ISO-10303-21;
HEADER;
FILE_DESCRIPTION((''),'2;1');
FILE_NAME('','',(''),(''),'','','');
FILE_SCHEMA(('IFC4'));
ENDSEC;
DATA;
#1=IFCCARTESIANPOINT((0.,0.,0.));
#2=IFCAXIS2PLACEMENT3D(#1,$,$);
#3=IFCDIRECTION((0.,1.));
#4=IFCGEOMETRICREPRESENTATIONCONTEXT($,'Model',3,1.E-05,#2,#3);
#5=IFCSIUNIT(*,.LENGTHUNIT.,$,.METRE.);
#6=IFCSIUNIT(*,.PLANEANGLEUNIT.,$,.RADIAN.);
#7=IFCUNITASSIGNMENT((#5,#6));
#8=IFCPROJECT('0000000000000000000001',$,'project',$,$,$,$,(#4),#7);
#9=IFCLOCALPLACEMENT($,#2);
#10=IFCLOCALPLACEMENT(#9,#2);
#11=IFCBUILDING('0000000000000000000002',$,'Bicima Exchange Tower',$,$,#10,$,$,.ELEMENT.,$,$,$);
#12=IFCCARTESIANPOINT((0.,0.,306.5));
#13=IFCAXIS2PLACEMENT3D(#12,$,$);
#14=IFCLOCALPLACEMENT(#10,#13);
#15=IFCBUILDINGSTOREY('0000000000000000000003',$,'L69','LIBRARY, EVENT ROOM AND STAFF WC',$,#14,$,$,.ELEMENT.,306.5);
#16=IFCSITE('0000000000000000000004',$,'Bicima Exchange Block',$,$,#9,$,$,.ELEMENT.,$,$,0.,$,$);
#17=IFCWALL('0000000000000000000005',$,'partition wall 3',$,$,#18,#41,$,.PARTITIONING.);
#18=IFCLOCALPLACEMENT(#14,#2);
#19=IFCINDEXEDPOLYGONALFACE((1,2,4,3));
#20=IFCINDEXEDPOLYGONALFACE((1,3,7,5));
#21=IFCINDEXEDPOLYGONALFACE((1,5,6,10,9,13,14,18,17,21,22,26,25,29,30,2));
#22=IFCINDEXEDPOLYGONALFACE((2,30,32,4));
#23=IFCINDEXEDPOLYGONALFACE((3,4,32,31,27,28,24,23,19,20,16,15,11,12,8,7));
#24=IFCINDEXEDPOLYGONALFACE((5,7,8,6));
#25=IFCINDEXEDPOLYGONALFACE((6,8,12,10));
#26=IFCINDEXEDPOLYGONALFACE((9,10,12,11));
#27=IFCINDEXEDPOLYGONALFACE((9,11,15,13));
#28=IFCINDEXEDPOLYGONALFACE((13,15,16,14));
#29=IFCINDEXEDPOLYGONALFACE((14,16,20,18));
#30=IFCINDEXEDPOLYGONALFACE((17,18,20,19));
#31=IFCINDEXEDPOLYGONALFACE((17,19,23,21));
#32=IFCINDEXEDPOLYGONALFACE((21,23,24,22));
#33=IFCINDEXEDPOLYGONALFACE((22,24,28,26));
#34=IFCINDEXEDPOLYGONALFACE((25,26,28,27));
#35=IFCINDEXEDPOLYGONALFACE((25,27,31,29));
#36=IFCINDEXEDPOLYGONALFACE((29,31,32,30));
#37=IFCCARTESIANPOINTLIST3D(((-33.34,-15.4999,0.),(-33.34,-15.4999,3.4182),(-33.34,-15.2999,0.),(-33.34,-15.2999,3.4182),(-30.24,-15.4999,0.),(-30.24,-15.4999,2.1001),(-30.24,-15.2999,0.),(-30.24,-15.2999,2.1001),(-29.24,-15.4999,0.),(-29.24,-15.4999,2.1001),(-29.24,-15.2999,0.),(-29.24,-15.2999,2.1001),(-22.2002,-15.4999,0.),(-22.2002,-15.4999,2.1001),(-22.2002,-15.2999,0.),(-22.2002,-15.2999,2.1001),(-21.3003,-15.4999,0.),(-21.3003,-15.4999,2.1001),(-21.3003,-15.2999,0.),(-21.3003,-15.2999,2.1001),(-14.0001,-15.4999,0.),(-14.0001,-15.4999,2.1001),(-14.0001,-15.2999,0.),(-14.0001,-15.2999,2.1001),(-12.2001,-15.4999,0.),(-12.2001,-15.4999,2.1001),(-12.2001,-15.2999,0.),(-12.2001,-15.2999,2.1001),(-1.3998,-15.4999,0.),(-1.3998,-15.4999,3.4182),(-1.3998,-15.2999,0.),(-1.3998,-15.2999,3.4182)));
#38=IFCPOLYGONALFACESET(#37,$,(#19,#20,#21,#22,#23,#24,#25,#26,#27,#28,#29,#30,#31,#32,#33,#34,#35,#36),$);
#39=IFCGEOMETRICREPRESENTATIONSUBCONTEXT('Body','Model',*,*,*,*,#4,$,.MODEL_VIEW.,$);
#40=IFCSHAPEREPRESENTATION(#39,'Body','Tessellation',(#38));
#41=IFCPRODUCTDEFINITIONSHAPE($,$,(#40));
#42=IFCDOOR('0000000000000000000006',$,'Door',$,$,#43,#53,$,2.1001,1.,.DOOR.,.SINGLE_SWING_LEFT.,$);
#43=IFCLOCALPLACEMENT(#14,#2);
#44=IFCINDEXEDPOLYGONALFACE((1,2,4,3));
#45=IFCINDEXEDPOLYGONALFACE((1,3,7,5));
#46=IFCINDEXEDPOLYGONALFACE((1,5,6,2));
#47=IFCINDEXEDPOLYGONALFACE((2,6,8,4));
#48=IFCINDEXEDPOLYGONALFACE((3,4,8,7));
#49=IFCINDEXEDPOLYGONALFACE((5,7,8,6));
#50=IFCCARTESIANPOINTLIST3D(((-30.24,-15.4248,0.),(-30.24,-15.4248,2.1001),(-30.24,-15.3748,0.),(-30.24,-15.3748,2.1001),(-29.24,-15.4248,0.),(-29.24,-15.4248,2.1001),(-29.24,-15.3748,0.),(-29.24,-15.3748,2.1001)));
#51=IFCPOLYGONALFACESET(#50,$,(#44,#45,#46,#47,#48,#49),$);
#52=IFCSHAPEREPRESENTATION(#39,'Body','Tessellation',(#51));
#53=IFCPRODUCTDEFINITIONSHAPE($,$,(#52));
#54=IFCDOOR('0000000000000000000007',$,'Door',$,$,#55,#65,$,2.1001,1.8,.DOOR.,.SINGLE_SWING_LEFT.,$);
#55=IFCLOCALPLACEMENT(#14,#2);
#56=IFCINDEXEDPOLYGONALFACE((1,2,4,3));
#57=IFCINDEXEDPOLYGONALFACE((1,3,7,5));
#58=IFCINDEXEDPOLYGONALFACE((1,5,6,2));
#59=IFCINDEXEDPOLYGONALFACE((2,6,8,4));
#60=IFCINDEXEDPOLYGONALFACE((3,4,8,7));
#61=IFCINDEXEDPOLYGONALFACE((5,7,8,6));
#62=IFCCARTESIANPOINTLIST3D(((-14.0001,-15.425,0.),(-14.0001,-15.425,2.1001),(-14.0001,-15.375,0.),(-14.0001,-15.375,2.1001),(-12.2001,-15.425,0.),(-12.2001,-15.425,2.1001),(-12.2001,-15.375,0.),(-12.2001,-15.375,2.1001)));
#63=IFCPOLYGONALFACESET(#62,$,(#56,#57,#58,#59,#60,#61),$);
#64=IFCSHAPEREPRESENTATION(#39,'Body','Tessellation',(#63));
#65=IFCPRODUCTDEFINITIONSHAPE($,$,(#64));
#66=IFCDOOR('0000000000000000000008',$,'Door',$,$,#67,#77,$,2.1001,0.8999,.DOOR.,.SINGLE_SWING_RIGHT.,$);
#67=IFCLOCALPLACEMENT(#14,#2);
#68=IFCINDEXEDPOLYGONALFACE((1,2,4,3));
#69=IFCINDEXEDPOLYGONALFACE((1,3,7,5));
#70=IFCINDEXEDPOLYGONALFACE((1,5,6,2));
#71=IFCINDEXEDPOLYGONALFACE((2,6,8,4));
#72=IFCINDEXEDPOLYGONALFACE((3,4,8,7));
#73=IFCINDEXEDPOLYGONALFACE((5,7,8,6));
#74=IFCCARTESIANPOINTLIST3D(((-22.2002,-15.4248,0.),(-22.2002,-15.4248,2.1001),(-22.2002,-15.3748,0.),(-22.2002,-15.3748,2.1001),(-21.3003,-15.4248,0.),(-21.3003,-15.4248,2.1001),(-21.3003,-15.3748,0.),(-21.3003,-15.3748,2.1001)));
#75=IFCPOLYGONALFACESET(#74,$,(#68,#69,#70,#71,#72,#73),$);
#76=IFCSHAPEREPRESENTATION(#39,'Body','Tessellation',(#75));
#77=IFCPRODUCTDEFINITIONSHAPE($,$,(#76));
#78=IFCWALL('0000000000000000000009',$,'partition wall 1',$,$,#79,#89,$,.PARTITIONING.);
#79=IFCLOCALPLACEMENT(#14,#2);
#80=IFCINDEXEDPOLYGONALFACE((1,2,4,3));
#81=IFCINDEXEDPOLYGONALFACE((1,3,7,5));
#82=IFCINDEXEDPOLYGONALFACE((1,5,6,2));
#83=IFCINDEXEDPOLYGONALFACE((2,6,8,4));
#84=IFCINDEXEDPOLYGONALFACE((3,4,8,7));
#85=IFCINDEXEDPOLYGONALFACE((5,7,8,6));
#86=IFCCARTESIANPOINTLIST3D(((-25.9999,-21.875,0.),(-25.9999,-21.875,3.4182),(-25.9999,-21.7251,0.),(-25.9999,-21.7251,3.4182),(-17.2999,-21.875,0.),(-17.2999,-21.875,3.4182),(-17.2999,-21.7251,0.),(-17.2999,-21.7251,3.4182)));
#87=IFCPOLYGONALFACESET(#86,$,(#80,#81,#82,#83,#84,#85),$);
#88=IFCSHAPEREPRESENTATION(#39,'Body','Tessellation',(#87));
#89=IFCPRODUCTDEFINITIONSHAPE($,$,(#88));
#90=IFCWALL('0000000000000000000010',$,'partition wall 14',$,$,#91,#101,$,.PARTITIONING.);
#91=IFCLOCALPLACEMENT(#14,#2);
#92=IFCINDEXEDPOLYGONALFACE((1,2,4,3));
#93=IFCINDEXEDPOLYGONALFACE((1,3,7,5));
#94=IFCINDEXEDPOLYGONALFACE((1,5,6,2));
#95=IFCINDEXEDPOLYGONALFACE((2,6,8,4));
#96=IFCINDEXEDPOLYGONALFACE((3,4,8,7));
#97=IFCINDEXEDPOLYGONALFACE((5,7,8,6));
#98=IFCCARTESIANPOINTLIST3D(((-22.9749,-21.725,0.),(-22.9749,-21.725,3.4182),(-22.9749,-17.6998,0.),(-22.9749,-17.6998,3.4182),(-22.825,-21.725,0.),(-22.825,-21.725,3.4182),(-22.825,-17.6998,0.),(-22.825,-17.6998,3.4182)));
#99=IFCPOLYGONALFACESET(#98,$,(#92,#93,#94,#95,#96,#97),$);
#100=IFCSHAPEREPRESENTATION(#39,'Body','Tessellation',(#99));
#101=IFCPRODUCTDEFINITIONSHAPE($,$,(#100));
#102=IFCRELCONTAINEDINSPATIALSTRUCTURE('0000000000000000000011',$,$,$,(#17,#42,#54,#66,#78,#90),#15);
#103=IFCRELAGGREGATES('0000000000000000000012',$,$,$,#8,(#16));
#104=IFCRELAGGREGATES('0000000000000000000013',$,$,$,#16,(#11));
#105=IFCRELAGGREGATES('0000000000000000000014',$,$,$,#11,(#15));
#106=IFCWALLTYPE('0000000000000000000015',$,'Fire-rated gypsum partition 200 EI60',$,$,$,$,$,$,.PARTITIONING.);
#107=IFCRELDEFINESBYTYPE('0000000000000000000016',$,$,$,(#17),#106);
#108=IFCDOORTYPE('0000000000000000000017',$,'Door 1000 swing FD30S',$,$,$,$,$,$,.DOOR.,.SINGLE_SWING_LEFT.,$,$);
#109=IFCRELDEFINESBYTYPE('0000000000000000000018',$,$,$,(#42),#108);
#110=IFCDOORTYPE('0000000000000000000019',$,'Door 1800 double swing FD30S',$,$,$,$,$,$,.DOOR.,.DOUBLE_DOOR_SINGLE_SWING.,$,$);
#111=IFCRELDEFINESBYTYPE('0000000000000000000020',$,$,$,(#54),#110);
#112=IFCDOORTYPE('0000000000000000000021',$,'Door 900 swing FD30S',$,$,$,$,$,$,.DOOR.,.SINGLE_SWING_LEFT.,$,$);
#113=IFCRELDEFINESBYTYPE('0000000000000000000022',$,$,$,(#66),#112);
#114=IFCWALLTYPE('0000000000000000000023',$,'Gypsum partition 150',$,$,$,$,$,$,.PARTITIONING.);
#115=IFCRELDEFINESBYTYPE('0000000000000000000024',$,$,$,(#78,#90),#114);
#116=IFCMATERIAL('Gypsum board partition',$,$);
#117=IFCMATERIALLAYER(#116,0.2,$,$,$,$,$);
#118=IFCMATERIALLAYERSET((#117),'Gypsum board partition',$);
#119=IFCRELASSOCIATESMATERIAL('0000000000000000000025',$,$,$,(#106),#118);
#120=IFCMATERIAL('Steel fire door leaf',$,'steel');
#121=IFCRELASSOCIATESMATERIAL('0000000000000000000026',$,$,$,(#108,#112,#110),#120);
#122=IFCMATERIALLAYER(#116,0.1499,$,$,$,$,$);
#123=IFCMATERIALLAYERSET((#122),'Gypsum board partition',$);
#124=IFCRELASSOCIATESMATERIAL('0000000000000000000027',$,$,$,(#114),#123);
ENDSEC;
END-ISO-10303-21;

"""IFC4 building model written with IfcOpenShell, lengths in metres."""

from ifc_helpers import new_model, si_unit, direction, frame, frame_2d, origin, place, context, subcontext, project, spatial, rectangle, extrude, material, layer, layer_set, type_object, element, fill, save


model = new_model("IFC4")

# Units and contexts
model_context = context("Model", 3, precision=1e-05, world=origin(), true_north=direction((0.0, 1.0)))
body_context = subcontext(model_context, "Body", "Model", "MODEL_VIEW")
ifc_project = project(units=[si_unit("LENGTHUNIT", "METRE"), si_unit("PLANEANGLEUNIT", "RADIAN")], contexts=[model_context])

# Site, building, storey
site_placement = place(None, origin())
site = spatial("IfcSite", under=ifc_project, at=site_placement, Name="Bicima Exchange Block", CompositionType="ELEMENT", RefElevation=0.0)
building_placement = place(site_placement, origin())
building = spatial("IfcBuilding", under=site, at=building_placement, Name="Bicima Exchange Tower", CompositionType="ELEMENT")
storey_placement = place(building_placement, frame((0.0, 0.0, 306.5)))
storey = spatial("IfcBuildingStorey", under=building, at=storey_placement, Name="L69", Description="LIBRARY, EVENT ROOM AND STAFF WC", CompositionType="ELEMENT", Elevation=306.5)

# Wall, openings, doors
ifc_material_1 = material(Name="Gypsum board partition")
ifc_layer_1 = layer(ifc_material_1, 0.2)
ifc_layer_set_1 = layer_set([ifc_layer_1], Name="Gypsum board partition")
wall_type_1 = type_object("IfcWallType", Name="Fire-rated gypsum partition 200 EI60", PredefinedType="PARTITIONING", material=ifc_layer_set_1)
ifc_material_2 = material(Name="Steel fire door leaf", Category="steel")
door_type_1 = type_object("IfcDoorType", Name="Door 1000 swing FD30S", OperationType="SINGLE_SWING_LEFT", PredefinedType="DOOR", material=ifc_material_2)
door_type_2 = type_object("IfcDoorType", Name="Door 900 swing FD30S", OperationType="SINGLE_SWING_LEFT", PredefinedType="DOOR", material=ifc_material_2)
wall_1_placement = place(storey_placement, frame((-33.3401, -15.3999, 0.0), z_axis=(0.0, 0.0, 1.0), x_axis=(1.0, 0.0, 0.0)))
wall_1 = element("IfcWall", 1, at=wall_1_placement, inside=storey, type_object=wall_type_1, Name="partition wall 3", PredefinedType="PARTITIONING", context=body_context, shape_type="SweptSolid", body=[
    extrude(rectangle(XDim=31.9402, YDim=0.2, at=frame_2d((15.9702, 0.0))), origin(), (0.0, 0.0, 1.0), 3.4182),
])
opening_1_placement = place(wall_1_placement, frame((3.1001, 0.0, 0.0)))
opening_1 = element("IfcOpeningElement", 2, at=opening_1_placement, cuts=wall_1, PredefinedType="OPENING", context=body_context, shape_type="SweptSolid", body=[
    extrude(rectangle(XDim=1.0, YDim=2.1001, at=frame_2d((0.5, 1.05))), frame((0.0, 0.1118, 0.0), z_axis=(0.0, -1.0, 0.0), x_axis=(1.0, 0.0, 0.0)), (0.0, 0.0, 1.0), 0.2239),
])
opening_2_placement = place(wall_1_placement, frame((11.1399, 0.0, 0.0)))
opening_2 = element("IfcOpeningElement", 3, at=opening_2_placement, cuts=wall_1, PredefinedType="OPENING", context=body_context, shape_type="SweptSolid", body=[
    extrude(rectangle(XDim=0.8999, YDim=2.1001, at=frame_2d((0.45, 1.05))), frame((0.0, 0.1118, 0.0), z_axis=(0.0, -1.0, 0.0), x_axis=(1.0, 0.0, 0.0)), (0.0, 0.0, 1.0), 0.2239),
])
opening_3_placement = place(wall_1_placement, frame((19.3401, 0.0, 0.0)))
opening_3 = element("IfcOpeningElement", 4, at=opening_3_placement, cuts=wall_1, PredefinedType="OPENING", context=body_context, shape_type="SweptSolid", body=[
    extrude(rectangle(XDim=1.8, YDim=2.1001, at=frame_2d((0.8999, 1.05))), frame((0.0, 0.1118, 0.0), z_axis=(0.0, -1.0, 0.0), x_axis=(1.0, 0.0, 0.0)), (0.0, 0.0, 1.0), 0.2239),
])
door_1_placement = place(opening_1_placement, frame((1.0, 0.0, 0.0), z_axis=(0.0, 0.0, 1.0), x_axis=(-1.0, 0.0, 0.0)))
door_1 = element("IfcDoor", 5, at=door_1_placement, inside=storey, type_object=door_type_1, Name="Door", OperationType="SINGLE_SWING_LEFT", OverallHeight=2.1001, OverallWidth=1.0, PredefinedType="DOOR", context=body_context, shape_type="SweptSolid", body=[
    extrude(rectangle(XDim=1.0, YDim=2.1001, at=frame_2d((0.5, 1.05))), frame((0.0, 0.0249, 0.0), z_axis=(0.0, -1.0, 0.0), x_axis=(1.0, 0.0, 0.0)), (0.0, 0.0, 1.0), 0.05),
])
fill(opening_1, door_1)
door_type_3 = type_object("IfcDoorType", Name="Door 1800 double swing FD30S", OperationType="DOUBLE_DOOR_SINGLE_SWING", PredefinedType="DOOR", material=ifc_material_2)
door_2_placement = place(opening_3_placement, origin())
door_2 = element("IfcDoor", 6, at=door_2_placement, inside=storey, type_object=door_type_3, Name="Door", OperationType="SINGLE_SWING_LEFT", OverallHeight=2.1001, OverallWidth=1.8, PredefinedType="DOOR", context=body_context, shape_type="SweptSolid", body=[
    extrude(rectangle(XDim=1.8, YDim=2.1001, at=frame_2d((0.8999, 1.05))), frame((0.0, 0.0249, 0.0), z_axis=(0.0, -1.0, 0.0), x_axis=(1.0, 0.0, 0.0)), (0.0, 0.0, 1.0), 0.05),
])
fill(opening_3, door_2)
door_3_placement = place(opening_2_placement, frame((0.8999, 0.0, 0.0), z_axis=(0.0, 0.0, 1.0), x_axis=(-1.0, 0.0, 0.0)))
door_3 = element("IfcDoor", 7, at=door_3_placement, inside=storey, type_object=door_type_2, Name="Door", OperationType="SINGLE_SWING_RIGHT", OverallHeight=2.1001, OverallWidth=0.8999, PredefinedType="DOOR", context=body_context, shape_type="SweptSolid", body=[
    extrude(rectangle(XDim=0.8999, YDim=2.1001, at=frame_2d((0.45, 1.05))), frame((0.0, 0.0249, 0.0), z_axis=(0.0, -1.0, 0.0), x_axis=(1.0, 0.0, 0.0)), (0.0, 0.0, 1.0), 0.05),
])
fill(opening_2, door_3)

# Walls
ifc_layer_2 = layer(ifc_material_1, 0.1499)
ifc_layer_set_2 = layer_set([ifc_layer_2], Name="Gypsum board partition")
wall_type_2 = type_object("IfcWallType", Name="Gypsum partition 150", PredefinedType="PARTITIONING", material=ifc_layer_set_2)
wall_2_placement = place(storey_placement, frame((-26.0, -21.8, 0.0), z_axis=(0.0, 0.0, 1.0), x_axis=(1.0, 0.0, 0.0)))
element("IfcWall", 8, at=wall_2_placement, inside=storey, type_object=wall_type_2, Name="partition wall 1", PredefinedType="PARTITIONING", context=body_context, shape_type="SweptSolid", body=[
    extrude(rectangle(XDim=8.7, YDim=0.1499, at=frame_2d((4.3501, 0.0))), origin(), (0.0, 0.0, 1.0), 3.4182),
])
wall_3_placement = place(storey_placement, frame((-22.8999, -21.7251, 0.0), z_axis=(0.0, 0.0, 1.0), x_axis=(0.0, 1.0, 0.0)))
element("IfcWall", 9, at=wall_3_placement, inside=storey, type_object=wall_type_2, Name="partition wall 14", PredefinedType="PARTITIONING", context=body_context, shape_type="SweptSolid", body=[
    extrude(rectangle(XDim=4.0251, YDim=0.1499, at=frame_2d((2.0127, 0.0))), origin(), (0.0, 0.0, 1.0), 3.4182),
])

save(model, "model.ifc")
